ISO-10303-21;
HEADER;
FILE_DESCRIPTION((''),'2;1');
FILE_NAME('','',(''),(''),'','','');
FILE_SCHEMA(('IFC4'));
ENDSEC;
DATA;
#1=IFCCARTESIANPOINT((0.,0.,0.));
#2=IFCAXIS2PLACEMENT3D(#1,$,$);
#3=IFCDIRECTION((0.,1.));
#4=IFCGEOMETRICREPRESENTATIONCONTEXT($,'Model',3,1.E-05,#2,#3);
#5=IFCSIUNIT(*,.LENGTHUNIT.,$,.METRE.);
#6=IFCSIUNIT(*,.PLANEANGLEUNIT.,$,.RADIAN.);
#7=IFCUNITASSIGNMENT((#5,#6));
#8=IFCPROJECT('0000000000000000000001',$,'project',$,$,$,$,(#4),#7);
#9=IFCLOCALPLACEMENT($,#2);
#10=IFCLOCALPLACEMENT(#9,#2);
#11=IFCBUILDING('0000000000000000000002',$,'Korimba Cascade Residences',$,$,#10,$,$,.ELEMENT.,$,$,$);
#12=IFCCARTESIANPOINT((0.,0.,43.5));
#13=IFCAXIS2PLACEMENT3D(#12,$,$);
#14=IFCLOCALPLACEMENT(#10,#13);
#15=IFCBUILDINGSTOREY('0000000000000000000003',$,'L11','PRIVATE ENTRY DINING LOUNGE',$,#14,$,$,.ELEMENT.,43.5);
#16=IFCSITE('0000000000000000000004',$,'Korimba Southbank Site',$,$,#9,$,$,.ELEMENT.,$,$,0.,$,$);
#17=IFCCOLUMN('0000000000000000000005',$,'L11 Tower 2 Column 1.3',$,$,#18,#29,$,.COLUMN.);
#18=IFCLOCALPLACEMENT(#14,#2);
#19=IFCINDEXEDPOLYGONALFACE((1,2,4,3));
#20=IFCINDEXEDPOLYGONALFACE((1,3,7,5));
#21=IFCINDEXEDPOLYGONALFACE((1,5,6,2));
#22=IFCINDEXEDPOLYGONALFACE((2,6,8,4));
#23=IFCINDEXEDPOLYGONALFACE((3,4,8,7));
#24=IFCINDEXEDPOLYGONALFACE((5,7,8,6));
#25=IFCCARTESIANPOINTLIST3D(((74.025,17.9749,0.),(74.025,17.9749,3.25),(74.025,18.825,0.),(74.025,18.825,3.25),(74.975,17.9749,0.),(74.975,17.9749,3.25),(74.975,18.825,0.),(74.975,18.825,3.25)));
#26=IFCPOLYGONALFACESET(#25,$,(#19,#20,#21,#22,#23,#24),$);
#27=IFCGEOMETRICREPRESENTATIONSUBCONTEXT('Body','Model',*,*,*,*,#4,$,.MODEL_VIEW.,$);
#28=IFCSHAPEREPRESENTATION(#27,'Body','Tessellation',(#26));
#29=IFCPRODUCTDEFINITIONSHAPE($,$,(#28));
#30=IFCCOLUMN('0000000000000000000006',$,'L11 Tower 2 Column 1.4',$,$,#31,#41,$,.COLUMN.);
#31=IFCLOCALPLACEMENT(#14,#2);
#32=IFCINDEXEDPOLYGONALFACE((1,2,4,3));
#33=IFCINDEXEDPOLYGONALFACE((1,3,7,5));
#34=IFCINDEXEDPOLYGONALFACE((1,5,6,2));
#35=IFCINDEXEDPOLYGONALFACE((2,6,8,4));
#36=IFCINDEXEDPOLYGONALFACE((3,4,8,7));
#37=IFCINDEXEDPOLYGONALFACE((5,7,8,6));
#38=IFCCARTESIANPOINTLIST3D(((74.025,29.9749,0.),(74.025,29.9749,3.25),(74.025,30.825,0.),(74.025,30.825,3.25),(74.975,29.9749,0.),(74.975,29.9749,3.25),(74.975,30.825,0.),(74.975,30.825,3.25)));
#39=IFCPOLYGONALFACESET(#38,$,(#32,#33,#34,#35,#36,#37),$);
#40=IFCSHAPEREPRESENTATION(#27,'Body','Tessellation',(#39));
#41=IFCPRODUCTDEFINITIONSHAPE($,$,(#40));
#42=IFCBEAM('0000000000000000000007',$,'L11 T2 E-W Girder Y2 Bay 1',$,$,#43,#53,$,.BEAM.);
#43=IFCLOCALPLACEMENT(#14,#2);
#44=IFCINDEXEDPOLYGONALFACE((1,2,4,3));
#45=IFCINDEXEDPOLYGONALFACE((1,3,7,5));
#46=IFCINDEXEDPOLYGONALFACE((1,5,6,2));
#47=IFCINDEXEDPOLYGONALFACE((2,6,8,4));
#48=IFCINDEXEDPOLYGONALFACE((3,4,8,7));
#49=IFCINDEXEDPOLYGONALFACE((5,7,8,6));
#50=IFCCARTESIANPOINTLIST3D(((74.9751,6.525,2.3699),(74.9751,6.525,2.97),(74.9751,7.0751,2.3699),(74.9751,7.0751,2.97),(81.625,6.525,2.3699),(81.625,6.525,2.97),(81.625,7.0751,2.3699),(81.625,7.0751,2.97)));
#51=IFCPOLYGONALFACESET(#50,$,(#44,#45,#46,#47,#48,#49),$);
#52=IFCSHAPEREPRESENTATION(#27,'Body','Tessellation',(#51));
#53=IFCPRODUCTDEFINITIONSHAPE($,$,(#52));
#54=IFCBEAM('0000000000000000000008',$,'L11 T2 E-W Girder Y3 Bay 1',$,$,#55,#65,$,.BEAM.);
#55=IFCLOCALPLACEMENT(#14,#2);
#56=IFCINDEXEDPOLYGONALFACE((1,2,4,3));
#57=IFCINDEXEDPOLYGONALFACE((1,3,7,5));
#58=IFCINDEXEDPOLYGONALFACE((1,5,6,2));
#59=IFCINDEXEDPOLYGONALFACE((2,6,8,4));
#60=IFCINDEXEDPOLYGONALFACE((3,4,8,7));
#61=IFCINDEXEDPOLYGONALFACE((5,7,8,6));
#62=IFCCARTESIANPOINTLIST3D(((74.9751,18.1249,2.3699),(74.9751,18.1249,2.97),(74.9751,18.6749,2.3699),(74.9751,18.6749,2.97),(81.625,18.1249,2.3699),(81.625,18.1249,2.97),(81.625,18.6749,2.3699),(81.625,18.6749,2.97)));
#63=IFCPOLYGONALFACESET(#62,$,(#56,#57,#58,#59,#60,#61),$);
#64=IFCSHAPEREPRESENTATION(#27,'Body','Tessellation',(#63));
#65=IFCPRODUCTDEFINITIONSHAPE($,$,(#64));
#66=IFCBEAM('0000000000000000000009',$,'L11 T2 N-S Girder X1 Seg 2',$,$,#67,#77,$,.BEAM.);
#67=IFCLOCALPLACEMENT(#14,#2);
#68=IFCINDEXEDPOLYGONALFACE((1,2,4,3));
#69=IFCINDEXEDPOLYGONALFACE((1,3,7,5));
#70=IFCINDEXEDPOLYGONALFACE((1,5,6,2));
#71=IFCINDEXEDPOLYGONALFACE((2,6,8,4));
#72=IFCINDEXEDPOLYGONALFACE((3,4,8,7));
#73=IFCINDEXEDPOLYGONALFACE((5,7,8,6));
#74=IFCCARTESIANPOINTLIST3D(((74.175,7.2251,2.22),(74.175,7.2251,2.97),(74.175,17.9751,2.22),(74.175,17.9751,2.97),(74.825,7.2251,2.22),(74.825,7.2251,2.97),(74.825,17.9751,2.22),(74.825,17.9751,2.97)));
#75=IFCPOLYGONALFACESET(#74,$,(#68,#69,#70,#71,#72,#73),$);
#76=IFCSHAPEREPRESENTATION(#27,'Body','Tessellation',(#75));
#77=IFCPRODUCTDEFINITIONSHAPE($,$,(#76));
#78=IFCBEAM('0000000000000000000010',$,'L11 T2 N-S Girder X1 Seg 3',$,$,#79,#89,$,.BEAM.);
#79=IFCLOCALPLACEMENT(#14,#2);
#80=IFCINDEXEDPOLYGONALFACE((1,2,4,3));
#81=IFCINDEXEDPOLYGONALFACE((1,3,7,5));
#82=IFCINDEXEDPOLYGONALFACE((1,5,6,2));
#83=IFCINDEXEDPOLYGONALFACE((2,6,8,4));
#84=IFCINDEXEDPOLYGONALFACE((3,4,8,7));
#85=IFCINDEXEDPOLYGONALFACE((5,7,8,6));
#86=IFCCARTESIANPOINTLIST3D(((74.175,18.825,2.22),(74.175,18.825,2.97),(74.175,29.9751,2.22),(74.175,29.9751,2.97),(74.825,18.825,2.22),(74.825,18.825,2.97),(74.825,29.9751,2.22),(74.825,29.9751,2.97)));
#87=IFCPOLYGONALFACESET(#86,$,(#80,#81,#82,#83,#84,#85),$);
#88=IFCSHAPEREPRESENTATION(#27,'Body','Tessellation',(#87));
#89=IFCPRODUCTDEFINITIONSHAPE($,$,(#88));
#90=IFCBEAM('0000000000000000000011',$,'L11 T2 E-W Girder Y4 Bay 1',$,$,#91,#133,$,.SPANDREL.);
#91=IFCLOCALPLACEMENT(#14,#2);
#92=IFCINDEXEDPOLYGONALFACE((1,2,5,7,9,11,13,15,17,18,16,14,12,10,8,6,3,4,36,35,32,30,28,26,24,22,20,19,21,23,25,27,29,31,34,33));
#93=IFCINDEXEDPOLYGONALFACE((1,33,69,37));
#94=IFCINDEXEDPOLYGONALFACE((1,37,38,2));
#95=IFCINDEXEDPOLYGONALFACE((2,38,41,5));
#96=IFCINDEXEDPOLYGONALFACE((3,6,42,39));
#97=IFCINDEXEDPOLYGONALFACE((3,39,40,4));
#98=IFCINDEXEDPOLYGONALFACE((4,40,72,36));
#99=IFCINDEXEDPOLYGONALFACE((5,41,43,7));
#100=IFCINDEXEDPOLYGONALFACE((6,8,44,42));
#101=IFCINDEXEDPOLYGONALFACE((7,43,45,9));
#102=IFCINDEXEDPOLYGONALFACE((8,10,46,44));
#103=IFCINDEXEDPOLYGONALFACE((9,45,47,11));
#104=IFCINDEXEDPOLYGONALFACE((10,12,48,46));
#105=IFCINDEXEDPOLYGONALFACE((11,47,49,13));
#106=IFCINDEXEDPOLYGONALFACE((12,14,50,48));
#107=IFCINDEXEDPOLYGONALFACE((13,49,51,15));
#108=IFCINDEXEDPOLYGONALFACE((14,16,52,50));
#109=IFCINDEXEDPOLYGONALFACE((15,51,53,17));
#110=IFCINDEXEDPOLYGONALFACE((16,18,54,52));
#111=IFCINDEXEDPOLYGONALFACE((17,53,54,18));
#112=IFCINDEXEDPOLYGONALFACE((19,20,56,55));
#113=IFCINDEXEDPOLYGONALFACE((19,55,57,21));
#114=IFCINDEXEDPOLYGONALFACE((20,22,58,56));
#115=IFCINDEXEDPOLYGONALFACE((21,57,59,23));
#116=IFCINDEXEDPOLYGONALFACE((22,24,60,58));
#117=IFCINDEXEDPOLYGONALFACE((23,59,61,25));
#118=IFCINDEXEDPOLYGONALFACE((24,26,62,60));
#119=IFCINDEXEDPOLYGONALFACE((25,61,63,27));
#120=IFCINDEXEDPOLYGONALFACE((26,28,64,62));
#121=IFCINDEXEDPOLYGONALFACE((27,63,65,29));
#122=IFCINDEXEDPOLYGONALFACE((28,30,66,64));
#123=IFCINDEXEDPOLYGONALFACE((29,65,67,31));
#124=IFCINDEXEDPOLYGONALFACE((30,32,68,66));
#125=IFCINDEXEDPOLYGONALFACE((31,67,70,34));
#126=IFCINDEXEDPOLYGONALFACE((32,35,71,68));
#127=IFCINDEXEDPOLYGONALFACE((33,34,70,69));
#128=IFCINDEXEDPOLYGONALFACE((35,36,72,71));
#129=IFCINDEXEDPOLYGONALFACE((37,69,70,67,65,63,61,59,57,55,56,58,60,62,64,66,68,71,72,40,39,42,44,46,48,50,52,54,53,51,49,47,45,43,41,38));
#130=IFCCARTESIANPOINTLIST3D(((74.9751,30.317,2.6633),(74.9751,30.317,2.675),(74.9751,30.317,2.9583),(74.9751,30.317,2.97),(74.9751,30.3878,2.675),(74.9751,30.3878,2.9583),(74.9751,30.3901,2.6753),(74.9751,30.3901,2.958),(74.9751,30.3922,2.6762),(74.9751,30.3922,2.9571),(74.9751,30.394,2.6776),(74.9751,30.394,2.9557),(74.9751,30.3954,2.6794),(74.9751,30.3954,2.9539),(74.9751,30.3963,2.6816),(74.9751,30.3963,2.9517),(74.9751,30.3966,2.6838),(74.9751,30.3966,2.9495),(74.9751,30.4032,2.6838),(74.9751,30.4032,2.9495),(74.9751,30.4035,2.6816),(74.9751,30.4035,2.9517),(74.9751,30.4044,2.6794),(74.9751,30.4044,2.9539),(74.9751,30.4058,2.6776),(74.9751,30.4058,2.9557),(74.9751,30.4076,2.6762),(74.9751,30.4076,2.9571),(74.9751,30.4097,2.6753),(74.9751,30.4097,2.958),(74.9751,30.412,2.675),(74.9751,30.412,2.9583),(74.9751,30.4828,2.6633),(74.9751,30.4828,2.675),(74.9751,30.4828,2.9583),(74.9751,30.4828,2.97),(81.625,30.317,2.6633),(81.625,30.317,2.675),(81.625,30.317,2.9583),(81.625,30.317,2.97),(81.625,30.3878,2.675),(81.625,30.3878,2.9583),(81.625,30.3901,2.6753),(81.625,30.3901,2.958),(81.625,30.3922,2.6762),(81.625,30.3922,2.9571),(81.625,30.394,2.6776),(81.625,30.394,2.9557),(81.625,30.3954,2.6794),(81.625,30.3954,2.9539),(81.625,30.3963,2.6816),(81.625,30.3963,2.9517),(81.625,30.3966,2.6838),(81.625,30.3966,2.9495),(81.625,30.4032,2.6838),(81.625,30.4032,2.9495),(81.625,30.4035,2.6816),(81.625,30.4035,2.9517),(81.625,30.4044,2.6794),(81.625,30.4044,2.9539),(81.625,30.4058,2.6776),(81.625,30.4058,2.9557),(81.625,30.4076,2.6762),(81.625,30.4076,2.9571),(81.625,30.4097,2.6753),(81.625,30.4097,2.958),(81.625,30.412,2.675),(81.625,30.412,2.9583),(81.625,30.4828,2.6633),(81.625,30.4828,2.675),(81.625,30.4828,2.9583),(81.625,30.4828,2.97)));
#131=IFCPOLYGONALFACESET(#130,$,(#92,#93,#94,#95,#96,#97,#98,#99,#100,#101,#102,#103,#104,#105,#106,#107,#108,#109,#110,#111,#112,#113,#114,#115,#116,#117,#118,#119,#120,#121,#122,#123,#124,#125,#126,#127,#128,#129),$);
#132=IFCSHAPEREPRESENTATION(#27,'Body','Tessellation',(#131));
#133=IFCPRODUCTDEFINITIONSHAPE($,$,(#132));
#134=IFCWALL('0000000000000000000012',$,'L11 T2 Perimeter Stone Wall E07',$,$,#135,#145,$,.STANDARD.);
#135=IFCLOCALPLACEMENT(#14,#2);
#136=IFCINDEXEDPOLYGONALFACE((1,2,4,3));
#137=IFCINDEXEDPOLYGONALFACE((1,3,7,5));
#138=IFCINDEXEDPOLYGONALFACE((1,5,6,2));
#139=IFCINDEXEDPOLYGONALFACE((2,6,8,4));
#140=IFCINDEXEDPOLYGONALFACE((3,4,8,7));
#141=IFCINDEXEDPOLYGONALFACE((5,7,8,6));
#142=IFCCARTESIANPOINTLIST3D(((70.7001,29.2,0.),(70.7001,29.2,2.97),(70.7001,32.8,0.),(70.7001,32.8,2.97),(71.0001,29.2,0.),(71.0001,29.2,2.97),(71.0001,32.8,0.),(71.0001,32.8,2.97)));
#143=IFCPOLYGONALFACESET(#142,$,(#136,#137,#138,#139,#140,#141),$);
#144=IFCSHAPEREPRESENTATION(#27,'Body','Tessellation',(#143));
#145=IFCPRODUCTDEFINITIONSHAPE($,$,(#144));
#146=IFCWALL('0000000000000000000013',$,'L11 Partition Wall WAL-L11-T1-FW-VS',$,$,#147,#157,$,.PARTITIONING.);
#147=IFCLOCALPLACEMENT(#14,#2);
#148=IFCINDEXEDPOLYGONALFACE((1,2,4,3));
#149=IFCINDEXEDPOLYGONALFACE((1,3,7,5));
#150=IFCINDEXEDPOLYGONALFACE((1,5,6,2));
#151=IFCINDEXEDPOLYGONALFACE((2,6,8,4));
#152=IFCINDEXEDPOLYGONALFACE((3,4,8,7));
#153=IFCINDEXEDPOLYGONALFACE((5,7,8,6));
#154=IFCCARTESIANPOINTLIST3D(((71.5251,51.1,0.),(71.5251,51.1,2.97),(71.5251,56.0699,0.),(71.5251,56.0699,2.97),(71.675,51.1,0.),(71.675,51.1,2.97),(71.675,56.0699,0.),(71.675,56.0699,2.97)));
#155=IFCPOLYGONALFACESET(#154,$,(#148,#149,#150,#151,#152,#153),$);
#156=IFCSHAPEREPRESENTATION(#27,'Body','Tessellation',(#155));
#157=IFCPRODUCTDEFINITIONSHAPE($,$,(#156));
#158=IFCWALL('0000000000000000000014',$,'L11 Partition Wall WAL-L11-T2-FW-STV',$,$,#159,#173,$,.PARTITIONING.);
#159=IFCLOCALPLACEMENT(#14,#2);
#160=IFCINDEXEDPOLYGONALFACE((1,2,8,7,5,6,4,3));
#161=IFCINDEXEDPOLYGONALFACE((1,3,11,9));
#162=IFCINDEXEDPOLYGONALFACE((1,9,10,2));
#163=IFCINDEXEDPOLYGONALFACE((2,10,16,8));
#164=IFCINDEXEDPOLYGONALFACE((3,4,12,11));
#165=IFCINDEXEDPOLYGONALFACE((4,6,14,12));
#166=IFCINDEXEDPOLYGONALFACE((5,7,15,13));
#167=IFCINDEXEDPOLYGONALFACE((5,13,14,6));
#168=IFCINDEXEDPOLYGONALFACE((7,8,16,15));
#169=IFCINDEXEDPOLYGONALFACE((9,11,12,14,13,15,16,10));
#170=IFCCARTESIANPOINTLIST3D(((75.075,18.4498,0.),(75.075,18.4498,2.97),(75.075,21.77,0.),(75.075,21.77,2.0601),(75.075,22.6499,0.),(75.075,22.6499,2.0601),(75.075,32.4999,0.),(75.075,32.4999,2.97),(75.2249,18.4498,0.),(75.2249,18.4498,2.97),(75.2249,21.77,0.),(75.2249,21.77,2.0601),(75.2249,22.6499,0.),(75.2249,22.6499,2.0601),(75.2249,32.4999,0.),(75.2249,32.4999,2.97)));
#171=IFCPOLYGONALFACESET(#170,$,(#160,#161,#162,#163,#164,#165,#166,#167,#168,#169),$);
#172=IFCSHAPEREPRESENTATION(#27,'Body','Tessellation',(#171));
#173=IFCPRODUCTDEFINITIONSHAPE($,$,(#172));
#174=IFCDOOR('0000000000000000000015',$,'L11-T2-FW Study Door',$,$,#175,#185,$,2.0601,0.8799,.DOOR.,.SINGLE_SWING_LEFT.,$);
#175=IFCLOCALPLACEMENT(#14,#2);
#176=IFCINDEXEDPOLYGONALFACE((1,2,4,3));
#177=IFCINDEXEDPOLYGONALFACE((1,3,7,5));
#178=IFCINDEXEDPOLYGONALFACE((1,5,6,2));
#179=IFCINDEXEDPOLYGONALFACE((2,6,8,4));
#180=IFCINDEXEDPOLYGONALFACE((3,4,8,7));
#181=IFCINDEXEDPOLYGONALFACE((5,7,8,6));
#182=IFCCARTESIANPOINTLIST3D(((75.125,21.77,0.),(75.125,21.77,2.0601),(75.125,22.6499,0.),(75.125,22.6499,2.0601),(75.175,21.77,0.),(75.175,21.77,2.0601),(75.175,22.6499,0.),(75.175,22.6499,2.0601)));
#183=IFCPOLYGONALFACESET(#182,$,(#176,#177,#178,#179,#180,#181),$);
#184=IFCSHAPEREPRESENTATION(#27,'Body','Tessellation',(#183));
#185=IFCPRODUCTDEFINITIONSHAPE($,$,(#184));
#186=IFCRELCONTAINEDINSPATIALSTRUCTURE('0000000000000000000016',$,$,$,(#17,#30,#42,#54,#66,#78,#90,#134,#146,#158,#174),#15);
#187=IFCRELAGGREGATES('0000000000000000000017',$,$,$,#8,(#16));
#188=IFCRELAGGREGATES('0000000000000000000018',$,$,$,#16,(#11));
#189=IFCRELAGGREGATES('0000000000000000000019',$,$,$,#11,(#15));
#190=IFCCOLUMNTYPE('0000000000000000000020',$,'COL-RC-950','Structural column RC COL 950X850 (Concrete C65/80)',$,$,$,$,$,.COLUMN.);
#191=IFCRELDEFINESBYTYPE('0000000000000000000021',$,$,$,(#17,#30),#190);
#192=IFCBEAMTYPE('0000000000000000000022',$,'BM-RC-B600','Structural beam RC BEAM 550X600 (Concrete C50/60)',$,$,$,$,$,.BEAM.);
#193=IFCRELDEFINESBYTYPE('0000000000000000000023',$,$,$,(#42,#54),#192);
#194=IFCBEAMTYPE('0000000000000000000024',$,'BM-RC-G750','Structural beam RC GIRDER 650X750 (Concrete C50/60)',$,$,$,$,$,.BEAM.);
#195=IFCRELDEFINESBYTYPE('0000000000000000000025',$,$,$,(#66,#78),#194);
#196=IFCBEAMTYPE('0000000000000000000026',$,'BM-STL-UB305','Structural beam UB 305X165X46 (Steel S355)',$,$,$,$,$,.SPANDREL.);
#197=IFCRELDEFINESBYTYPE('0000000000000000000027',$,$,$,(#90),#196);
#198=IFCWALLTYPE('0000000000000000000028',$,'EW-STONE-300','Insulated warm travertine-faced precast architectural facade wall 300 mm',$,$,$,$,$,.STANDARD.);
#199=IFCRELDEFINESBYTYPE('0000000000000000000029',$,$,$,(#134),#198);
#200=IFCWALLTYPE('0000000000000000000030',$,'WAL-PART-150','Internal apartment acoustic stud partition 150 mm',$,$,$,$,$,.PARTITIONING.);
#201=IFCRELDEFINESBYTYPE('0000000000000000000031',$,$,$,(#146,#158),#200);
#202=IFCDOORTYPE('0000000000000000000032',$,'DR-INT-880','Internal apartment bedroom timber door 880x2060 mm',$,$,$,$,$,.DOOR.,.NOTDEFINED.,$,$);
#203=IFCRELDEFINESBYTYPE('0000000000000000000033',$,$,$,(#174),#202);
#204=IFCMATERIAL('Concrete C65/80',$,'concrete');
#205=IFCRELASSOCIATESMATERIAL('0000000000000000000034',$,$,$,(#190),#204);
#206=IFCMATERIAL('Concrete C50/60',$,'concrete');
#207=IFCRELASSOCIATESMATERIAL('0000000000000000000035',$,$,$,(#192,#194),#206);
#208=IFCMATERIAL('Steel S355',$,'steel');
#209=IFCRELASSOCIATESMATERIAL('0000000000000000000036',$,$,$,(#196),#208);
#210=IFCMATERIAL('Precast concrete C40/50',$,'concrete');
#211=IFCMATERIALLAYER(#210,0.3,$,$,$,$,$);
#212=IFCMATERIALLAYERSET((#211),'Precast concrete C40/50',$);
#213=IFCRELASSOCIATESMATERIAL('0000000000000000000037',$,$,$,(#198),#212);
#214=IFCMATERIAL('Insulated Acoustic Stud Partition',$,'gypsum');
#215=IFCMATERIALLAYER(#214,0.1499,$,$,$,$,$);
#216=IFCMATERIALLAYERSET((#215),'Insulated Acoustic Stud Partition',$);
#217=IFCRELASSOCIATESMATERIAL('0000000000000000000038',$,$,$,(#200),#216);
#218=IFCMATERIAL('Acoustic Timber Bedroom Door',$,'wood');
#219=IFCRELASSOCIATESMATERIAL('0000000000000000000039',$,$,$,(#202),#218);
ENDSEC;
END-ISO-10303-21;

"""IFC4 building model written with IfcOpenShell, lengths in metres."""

from ifc_helpers import new_model, si_unit, direction, frame, frame_2d, origin, origin_2d, place, context, subcontext, project, spatial, rectangle, i_section, extrude, material, layer, layer_set, material_profile, profile_set, type_object, element, fill, save


model = new_model("IFC4")

# Units and contexts
model_context = context("Model", 3, precision=1e-05, world=origin(), true_north=direction((0.0, 1.0)))
body_context = subcontext(model_context, "Body", "Model", "MODEL_VIEW")
ifc_project = project(units=[si_unit("LENGTHUNIT", "METRE"), si_unit("PLANEANGLEUNIT", "RADIAN")], contexts=[model_context])

# Site, building, storey
site_placement = place(None, origin())
site = spatial("IfcSite", under=ifc_project, at=site_placement, Name="Korimba Southbank Site", CompositionType="ELEMENT", RefElevation=0.0)
building_placement = place(site_placement, origin())
building = spatial("IfcBuilding", under=site, at=building_placement, Name="Korimba Cascade Residences", CompositionType="ELEMENT")
storey_placement = place(building_placement, frame((0.0, 0.0, 43.5)))
storey = spatial("IfcBuildingStorey", under=building, at=storey_placement, Name="L11", Description="PRIVATE ENTRY DINING LOUNGE", CompositionType="ELEMENT", Elevation=43.5)

# Columns
ifc_material_1 = material(Name="Concrete C65/80", Category="concrete")
ifc_material_profile_1 = material_profile(ifc_material_1, rectangle(XDim=0.95, YDim=0.8501, at=origin_2d()), Name="Concrete C65/80")
ifc_profile_set_1 = profile_set([ifc_material_profile_1], Name="Concrete C65/80")
column_type = type_object("IfcColumnType", Name="COL-RC-950", Description="Structural column RC COL 950X850 (Concrete C65/80)", PredefinedType="COLUMN", material=ifc_profile_set_1)
for number, where, z_axis, x_axis, name in (
    (1, (74.5, 18.3999, 0.0), (0.0, 0.0, 1.0), (1.0, 0.0, 0.0), "L11 Tower 2 Column 1.3"),
    (2, (74.5, 30.3999, 0.0), (0.0, 0.0, 1.0), (1.0, 0.0, 0.0), "L11 Tower 2 Column 1.4"),
):
    element("IfcColumn", number, at=place(storey_placement, frame(where, z_axis=z_axis, x_axis=x_axis)), inside=storey, type_object=column_type, Name=name, PredefinedType="COLUMN", context=body_context, shape_type="SweptSolid", body=[
        extrude(rectangle(XDim=0.95, YDim=0.8501, at=origin_2d()), origin(), (0.0, 0.0, 1.0), 3.25),
    ])

# Beams
ifc_material_2 = material(Name="Concrete C50/60", Category="concrete")
ifc_material_profile_2 = material_profile(ifc_material_2, rectangle(XDim=0.55, YDim=0.6001, at=origin_2d()), Name="Concrete C50/60")
ifc_profile_set_2 = profile_set([ifc_material_profile_2], Name="Concrete C50/60")
beam_type_1 = type_object("IfcBeamType", Name="BM-RC-B600", Description="Structural beam RC BEAM 550X600 (Concrete C50/60)", PredefinedType="BEAM", material=ifc_profile_set_2)
for number, where, z_axis, x_axis, name in (
    (3, (74.9751, 6.8, 2.6699), (1.0, 0.0, 0.0), (0.0, 1.0, 0.0), "L11 T2 E-W Girder Y2 Bay 1"),
    (4, (74.9751, 18.3999, 2.6699), (1.0, 0.0, 0.0), (0.0, 1.0, 0.0), "L11 T2 E-W Girder Y3 Bay 1"),
):
    element("IfcBeam", number, at=place(storey_placement, frame(where, z_axis=z_axis, x_axis=x_axis)), inside=storey, type_object=beam_type_1, Name=name, PredefinedType="BEAM", context=body_context, shape_type="SweptSolid", body=[
        extrude(rectangle(XDim=0.55, YDim=0.6001, at=origin_2d()), origin(), (0.0, 0.0, 1.0), 6.6499),
    ])
ifc_material_profile_3 = material_profile(ifc_material_2, rectangle(XDim=0.6499, YDim=0.75, at=origin_2d()), Name="Concrete C50/60")
ifc_profile_set_3 = profile_set([ifc_material_profile_3], Name="Concrete C50/60")
beam_type_2 = type_object("IfcBeamType", Name="BM-RC-G750", Description="Structural beam RC GIRDER 650X750 (Concrete C50/60)", PredefinedType="BEAM", material=ifc_profile_set_3)
beam_1_placement = place(storey_placement, frame((74.5, 7.2251, 2.595), z_axis=(0.0, 1.0, 0.0), x_axis=(-1.0, 0.0, 0.0)))
element("IfcBeam", 5, at=beam_1_placement, inside=storey, type_object=beam_type_2, Name="L11 T2 N-S Girder X1 Seg 2", PredefinedType="BEAM", context=body_context, shape_type="SweptSolid", body=[
    extrude(rectangle(XDim=0.6499, YDim=0.75, at=origin_2d()), origin(), (0.0, 0.0, 1.0), 10.75),
])
beam_2_placement = place(storey_placement, frame((74.5, 18.825, 2.595), z_axis=(0.0, 1.0, 0.0), x_axis=(-1.0, 0.0, 0.0)))
element("IfcBeam", 6, at=beam_2_placement, inside=storey, type_object=beam_type_2, Name="L11 T2 N-S Girder X1 Seg 3", PredefinedType="BEAM", context=body_context, shape_type="SweptSolid", body=[
    extrude(rectangle(XDim=0.6499, YDim=0.75, at=origin_2d()), origin(), (0.0, 0.0, 1.0), 11.1501),
])
ifc_material_3 = material(Name="Steel S355", Category="steel")
ifc_material_profile_4 = material_profile(ifc_material_3, i_section(OverallWidth=0.1658, OverallDepth=0.3066, WebThickness=0.0066, FlangeThickness=0.0117, FilletRadius=0.0088, at=origin_2d()), Name="Steel S355")
ifc_profile_set_4 = profile_set([ifc_material_profile_4], Name="Steel S355")
beam_type_3 = type_object("IfcBeamType", Name="BM-STL-UB305", Description="Structural beam UB 305X165X46 (Steel S355)", PredefinedType="SPANDREL", material=ifc_profile_set_4)
beam_3_placement = place(storey_placement, frame((74.9751, 30.3999, 2.8167), z_axis=(1.0, 0.0, 0.0), x_axis=(0.0, 1.0, 0.0)))
element("IfcBeam", 7, at=beam_3_placement, inside=storey, type_object=beam_type_3, Name="L11 T2 E-W Girder Y4 Bay 1", PredefinedType="SPANDREL", context=body_context, shape_type="SweptSolid", body=[
    extrude(i_section(OverallWidth=0.1658, OverallDepth=0.3066, WebThickness=0.0066, FlangeThickness=0.0117, FilletRadius=0.0088, at=origin_2d()), origin(), (0.0, 0.0, 1.0), 6.6499),
])

# Walls
ifc_material_4 = material(Name="Precast concrete C40/50", Category="concrete")
ifc_layer_1 = layer(ifc_material_4, 0.3)
ifc_layer_set_1 = layer_set([ifc_layer_1], Name="Precast concrete C40/50")
wall_type_1 = type_object("IfcWallType", Name="EW-STONE-300", Description="Insulated warm travertine-faced precast architectural facade wall 300 mm", PredefinedType="STANDARD", material=ifc_layer_set_1)
wall_1_placement = place(storey_placement, frame((70.8501, 32.8, 0.0), z_axis=(0.0, 0.0, 1.0), x_axis=(0.0, -1.0, 0.0)))
element("IfcWall", 8, at=wall_1_placement, inside=storey, type_object=wall_type_1, Name="L11 T2 Perimeter Stone Wall E07", PredefinedType="STANDARD", context=body_context, shape_type="SweptSolid", body=[
    extrude(rectangle(XDim=3.6001, YDim=0.3, at=frame_2d((1.8, 0.0))), origin(), (0.0, 0.0, 1.0), 2.97),
])
ifc_material_5 = material(Name="Insulated Acoustic Stud Partition", Category="gypsum")
ifc_layer_2 = layer(ifc_material_5, 0.1499)
ifc_layer_set_2 = layer_set([ifc_layer_2], Name="Insulated Acoustic Stud Partition")
wall_type_2 = type_object("IfcWallType", Name="WAL-PART-150", Description="Internal apartment acoustic stud partition 150 mm", PredefinedType="PARTITIONING", material=ifc_layer_set_2)
wall_2_placement = place(storey_placement, frame((71.6001, 51.1001, 0.0), z_axis=(0.0, 0.0, 1.0), x_axis=(0.0, 1.0, 0.0)))
element("IfcWall", 9, at=wall_2_placement, inside=storey, type_object=wall_type_2, Name="L11 Partition Wall WAL-L11-T1-FW-VS", PredefinedType="PARTITIONING", context=body_context, shape_type="SweptSolid", body=[
    extrude(rectangle(XDim=4.97, YDim=0.1499, at=frame_2d((2.4849, 0.0))), origin(), (0.0, 0.0, 1.0), 2.97),
])

# Wall, opening, door
wall_3_placement = place(storey_placement, frame((75.1499, 18.45, 0.0), z_axis=(0.0, 0.0, 1.0), x_axis=(0.0, 1.0, 0.0)))
wall_3 = element("IfcWall", 10, at=wall_3_placement, inside=storey, type_object=wall_type_2, Name="L11 Partition Wall WAL-L11-T2-FW-STV", PredefinedType="PARTITIONING", context=body_context, shape_type="SweptSolid", body=[
    extrude(rectangle(XDim=14.05, YDim=0.1499, at=frame_2d((7.0249, 0.0))), origin(), (0.0, 0.0, 1.0), 2.97),
])
opening_1_placement = place(wall_3_placement, frame((3.3201, 0.0, 0.0)))
opening_1 = element("IfcOpeningElement", 11, at=opening_1_placement, cuts=wall_3, PredefinedType="OPENING", context=body_context, shape_type="SweptSolid", body=[
    extrude(rectangle(XDim=0.8799, YDim=2.0601, at=frame_2d((0.4399, 1.03))), frame((0.0, 0.085, 0.0), z_axis=(0.0, -1.0, 0.0), x_axis=(1.0, 0.0, 0.0)), (0.0, 0.0, 1.0), 0.1699),
])
ifc_material_6 = material(Name="Acoustic Timber Bedroom Door", Category="wood")
door_type_1 = type_object("IfcDoorType", Name="DR-INT-880", Description="Internal apartment bedroom timber door 880x2060 mm", OperationType="NOTDEFINED", PredefinedType="DOOR", material=ifc_material_6)
door_1_placement = place(opening_1_placement, origin())
door_1 = element("IfcDoor", 12, at=door_1_placement, inside=storey, type_object=door_type_1, Name="L11-T2-FW Study Door", OperationType="SINGLE_SWING_LEFT", OverallHeight=2.0601, OverallWidth=0.8799, PredefinedType="DOOR", context=body_context, shape_type="SweptSolid", body=[
    extrude(rectangle(XDim=0.8799, YDim=2.0601, at=frame_2d((0.4399, 1.03))), frame((0.0, 0.0249, 0.0), z_axis=(0.0, -1.0, 0.0), x_axis=(1.0, 0.0, 0.0)), (0.0, 0.0, 1.0), 0.05),
])
fill(opening_1, door_1)

save(model, "model.ifc")
